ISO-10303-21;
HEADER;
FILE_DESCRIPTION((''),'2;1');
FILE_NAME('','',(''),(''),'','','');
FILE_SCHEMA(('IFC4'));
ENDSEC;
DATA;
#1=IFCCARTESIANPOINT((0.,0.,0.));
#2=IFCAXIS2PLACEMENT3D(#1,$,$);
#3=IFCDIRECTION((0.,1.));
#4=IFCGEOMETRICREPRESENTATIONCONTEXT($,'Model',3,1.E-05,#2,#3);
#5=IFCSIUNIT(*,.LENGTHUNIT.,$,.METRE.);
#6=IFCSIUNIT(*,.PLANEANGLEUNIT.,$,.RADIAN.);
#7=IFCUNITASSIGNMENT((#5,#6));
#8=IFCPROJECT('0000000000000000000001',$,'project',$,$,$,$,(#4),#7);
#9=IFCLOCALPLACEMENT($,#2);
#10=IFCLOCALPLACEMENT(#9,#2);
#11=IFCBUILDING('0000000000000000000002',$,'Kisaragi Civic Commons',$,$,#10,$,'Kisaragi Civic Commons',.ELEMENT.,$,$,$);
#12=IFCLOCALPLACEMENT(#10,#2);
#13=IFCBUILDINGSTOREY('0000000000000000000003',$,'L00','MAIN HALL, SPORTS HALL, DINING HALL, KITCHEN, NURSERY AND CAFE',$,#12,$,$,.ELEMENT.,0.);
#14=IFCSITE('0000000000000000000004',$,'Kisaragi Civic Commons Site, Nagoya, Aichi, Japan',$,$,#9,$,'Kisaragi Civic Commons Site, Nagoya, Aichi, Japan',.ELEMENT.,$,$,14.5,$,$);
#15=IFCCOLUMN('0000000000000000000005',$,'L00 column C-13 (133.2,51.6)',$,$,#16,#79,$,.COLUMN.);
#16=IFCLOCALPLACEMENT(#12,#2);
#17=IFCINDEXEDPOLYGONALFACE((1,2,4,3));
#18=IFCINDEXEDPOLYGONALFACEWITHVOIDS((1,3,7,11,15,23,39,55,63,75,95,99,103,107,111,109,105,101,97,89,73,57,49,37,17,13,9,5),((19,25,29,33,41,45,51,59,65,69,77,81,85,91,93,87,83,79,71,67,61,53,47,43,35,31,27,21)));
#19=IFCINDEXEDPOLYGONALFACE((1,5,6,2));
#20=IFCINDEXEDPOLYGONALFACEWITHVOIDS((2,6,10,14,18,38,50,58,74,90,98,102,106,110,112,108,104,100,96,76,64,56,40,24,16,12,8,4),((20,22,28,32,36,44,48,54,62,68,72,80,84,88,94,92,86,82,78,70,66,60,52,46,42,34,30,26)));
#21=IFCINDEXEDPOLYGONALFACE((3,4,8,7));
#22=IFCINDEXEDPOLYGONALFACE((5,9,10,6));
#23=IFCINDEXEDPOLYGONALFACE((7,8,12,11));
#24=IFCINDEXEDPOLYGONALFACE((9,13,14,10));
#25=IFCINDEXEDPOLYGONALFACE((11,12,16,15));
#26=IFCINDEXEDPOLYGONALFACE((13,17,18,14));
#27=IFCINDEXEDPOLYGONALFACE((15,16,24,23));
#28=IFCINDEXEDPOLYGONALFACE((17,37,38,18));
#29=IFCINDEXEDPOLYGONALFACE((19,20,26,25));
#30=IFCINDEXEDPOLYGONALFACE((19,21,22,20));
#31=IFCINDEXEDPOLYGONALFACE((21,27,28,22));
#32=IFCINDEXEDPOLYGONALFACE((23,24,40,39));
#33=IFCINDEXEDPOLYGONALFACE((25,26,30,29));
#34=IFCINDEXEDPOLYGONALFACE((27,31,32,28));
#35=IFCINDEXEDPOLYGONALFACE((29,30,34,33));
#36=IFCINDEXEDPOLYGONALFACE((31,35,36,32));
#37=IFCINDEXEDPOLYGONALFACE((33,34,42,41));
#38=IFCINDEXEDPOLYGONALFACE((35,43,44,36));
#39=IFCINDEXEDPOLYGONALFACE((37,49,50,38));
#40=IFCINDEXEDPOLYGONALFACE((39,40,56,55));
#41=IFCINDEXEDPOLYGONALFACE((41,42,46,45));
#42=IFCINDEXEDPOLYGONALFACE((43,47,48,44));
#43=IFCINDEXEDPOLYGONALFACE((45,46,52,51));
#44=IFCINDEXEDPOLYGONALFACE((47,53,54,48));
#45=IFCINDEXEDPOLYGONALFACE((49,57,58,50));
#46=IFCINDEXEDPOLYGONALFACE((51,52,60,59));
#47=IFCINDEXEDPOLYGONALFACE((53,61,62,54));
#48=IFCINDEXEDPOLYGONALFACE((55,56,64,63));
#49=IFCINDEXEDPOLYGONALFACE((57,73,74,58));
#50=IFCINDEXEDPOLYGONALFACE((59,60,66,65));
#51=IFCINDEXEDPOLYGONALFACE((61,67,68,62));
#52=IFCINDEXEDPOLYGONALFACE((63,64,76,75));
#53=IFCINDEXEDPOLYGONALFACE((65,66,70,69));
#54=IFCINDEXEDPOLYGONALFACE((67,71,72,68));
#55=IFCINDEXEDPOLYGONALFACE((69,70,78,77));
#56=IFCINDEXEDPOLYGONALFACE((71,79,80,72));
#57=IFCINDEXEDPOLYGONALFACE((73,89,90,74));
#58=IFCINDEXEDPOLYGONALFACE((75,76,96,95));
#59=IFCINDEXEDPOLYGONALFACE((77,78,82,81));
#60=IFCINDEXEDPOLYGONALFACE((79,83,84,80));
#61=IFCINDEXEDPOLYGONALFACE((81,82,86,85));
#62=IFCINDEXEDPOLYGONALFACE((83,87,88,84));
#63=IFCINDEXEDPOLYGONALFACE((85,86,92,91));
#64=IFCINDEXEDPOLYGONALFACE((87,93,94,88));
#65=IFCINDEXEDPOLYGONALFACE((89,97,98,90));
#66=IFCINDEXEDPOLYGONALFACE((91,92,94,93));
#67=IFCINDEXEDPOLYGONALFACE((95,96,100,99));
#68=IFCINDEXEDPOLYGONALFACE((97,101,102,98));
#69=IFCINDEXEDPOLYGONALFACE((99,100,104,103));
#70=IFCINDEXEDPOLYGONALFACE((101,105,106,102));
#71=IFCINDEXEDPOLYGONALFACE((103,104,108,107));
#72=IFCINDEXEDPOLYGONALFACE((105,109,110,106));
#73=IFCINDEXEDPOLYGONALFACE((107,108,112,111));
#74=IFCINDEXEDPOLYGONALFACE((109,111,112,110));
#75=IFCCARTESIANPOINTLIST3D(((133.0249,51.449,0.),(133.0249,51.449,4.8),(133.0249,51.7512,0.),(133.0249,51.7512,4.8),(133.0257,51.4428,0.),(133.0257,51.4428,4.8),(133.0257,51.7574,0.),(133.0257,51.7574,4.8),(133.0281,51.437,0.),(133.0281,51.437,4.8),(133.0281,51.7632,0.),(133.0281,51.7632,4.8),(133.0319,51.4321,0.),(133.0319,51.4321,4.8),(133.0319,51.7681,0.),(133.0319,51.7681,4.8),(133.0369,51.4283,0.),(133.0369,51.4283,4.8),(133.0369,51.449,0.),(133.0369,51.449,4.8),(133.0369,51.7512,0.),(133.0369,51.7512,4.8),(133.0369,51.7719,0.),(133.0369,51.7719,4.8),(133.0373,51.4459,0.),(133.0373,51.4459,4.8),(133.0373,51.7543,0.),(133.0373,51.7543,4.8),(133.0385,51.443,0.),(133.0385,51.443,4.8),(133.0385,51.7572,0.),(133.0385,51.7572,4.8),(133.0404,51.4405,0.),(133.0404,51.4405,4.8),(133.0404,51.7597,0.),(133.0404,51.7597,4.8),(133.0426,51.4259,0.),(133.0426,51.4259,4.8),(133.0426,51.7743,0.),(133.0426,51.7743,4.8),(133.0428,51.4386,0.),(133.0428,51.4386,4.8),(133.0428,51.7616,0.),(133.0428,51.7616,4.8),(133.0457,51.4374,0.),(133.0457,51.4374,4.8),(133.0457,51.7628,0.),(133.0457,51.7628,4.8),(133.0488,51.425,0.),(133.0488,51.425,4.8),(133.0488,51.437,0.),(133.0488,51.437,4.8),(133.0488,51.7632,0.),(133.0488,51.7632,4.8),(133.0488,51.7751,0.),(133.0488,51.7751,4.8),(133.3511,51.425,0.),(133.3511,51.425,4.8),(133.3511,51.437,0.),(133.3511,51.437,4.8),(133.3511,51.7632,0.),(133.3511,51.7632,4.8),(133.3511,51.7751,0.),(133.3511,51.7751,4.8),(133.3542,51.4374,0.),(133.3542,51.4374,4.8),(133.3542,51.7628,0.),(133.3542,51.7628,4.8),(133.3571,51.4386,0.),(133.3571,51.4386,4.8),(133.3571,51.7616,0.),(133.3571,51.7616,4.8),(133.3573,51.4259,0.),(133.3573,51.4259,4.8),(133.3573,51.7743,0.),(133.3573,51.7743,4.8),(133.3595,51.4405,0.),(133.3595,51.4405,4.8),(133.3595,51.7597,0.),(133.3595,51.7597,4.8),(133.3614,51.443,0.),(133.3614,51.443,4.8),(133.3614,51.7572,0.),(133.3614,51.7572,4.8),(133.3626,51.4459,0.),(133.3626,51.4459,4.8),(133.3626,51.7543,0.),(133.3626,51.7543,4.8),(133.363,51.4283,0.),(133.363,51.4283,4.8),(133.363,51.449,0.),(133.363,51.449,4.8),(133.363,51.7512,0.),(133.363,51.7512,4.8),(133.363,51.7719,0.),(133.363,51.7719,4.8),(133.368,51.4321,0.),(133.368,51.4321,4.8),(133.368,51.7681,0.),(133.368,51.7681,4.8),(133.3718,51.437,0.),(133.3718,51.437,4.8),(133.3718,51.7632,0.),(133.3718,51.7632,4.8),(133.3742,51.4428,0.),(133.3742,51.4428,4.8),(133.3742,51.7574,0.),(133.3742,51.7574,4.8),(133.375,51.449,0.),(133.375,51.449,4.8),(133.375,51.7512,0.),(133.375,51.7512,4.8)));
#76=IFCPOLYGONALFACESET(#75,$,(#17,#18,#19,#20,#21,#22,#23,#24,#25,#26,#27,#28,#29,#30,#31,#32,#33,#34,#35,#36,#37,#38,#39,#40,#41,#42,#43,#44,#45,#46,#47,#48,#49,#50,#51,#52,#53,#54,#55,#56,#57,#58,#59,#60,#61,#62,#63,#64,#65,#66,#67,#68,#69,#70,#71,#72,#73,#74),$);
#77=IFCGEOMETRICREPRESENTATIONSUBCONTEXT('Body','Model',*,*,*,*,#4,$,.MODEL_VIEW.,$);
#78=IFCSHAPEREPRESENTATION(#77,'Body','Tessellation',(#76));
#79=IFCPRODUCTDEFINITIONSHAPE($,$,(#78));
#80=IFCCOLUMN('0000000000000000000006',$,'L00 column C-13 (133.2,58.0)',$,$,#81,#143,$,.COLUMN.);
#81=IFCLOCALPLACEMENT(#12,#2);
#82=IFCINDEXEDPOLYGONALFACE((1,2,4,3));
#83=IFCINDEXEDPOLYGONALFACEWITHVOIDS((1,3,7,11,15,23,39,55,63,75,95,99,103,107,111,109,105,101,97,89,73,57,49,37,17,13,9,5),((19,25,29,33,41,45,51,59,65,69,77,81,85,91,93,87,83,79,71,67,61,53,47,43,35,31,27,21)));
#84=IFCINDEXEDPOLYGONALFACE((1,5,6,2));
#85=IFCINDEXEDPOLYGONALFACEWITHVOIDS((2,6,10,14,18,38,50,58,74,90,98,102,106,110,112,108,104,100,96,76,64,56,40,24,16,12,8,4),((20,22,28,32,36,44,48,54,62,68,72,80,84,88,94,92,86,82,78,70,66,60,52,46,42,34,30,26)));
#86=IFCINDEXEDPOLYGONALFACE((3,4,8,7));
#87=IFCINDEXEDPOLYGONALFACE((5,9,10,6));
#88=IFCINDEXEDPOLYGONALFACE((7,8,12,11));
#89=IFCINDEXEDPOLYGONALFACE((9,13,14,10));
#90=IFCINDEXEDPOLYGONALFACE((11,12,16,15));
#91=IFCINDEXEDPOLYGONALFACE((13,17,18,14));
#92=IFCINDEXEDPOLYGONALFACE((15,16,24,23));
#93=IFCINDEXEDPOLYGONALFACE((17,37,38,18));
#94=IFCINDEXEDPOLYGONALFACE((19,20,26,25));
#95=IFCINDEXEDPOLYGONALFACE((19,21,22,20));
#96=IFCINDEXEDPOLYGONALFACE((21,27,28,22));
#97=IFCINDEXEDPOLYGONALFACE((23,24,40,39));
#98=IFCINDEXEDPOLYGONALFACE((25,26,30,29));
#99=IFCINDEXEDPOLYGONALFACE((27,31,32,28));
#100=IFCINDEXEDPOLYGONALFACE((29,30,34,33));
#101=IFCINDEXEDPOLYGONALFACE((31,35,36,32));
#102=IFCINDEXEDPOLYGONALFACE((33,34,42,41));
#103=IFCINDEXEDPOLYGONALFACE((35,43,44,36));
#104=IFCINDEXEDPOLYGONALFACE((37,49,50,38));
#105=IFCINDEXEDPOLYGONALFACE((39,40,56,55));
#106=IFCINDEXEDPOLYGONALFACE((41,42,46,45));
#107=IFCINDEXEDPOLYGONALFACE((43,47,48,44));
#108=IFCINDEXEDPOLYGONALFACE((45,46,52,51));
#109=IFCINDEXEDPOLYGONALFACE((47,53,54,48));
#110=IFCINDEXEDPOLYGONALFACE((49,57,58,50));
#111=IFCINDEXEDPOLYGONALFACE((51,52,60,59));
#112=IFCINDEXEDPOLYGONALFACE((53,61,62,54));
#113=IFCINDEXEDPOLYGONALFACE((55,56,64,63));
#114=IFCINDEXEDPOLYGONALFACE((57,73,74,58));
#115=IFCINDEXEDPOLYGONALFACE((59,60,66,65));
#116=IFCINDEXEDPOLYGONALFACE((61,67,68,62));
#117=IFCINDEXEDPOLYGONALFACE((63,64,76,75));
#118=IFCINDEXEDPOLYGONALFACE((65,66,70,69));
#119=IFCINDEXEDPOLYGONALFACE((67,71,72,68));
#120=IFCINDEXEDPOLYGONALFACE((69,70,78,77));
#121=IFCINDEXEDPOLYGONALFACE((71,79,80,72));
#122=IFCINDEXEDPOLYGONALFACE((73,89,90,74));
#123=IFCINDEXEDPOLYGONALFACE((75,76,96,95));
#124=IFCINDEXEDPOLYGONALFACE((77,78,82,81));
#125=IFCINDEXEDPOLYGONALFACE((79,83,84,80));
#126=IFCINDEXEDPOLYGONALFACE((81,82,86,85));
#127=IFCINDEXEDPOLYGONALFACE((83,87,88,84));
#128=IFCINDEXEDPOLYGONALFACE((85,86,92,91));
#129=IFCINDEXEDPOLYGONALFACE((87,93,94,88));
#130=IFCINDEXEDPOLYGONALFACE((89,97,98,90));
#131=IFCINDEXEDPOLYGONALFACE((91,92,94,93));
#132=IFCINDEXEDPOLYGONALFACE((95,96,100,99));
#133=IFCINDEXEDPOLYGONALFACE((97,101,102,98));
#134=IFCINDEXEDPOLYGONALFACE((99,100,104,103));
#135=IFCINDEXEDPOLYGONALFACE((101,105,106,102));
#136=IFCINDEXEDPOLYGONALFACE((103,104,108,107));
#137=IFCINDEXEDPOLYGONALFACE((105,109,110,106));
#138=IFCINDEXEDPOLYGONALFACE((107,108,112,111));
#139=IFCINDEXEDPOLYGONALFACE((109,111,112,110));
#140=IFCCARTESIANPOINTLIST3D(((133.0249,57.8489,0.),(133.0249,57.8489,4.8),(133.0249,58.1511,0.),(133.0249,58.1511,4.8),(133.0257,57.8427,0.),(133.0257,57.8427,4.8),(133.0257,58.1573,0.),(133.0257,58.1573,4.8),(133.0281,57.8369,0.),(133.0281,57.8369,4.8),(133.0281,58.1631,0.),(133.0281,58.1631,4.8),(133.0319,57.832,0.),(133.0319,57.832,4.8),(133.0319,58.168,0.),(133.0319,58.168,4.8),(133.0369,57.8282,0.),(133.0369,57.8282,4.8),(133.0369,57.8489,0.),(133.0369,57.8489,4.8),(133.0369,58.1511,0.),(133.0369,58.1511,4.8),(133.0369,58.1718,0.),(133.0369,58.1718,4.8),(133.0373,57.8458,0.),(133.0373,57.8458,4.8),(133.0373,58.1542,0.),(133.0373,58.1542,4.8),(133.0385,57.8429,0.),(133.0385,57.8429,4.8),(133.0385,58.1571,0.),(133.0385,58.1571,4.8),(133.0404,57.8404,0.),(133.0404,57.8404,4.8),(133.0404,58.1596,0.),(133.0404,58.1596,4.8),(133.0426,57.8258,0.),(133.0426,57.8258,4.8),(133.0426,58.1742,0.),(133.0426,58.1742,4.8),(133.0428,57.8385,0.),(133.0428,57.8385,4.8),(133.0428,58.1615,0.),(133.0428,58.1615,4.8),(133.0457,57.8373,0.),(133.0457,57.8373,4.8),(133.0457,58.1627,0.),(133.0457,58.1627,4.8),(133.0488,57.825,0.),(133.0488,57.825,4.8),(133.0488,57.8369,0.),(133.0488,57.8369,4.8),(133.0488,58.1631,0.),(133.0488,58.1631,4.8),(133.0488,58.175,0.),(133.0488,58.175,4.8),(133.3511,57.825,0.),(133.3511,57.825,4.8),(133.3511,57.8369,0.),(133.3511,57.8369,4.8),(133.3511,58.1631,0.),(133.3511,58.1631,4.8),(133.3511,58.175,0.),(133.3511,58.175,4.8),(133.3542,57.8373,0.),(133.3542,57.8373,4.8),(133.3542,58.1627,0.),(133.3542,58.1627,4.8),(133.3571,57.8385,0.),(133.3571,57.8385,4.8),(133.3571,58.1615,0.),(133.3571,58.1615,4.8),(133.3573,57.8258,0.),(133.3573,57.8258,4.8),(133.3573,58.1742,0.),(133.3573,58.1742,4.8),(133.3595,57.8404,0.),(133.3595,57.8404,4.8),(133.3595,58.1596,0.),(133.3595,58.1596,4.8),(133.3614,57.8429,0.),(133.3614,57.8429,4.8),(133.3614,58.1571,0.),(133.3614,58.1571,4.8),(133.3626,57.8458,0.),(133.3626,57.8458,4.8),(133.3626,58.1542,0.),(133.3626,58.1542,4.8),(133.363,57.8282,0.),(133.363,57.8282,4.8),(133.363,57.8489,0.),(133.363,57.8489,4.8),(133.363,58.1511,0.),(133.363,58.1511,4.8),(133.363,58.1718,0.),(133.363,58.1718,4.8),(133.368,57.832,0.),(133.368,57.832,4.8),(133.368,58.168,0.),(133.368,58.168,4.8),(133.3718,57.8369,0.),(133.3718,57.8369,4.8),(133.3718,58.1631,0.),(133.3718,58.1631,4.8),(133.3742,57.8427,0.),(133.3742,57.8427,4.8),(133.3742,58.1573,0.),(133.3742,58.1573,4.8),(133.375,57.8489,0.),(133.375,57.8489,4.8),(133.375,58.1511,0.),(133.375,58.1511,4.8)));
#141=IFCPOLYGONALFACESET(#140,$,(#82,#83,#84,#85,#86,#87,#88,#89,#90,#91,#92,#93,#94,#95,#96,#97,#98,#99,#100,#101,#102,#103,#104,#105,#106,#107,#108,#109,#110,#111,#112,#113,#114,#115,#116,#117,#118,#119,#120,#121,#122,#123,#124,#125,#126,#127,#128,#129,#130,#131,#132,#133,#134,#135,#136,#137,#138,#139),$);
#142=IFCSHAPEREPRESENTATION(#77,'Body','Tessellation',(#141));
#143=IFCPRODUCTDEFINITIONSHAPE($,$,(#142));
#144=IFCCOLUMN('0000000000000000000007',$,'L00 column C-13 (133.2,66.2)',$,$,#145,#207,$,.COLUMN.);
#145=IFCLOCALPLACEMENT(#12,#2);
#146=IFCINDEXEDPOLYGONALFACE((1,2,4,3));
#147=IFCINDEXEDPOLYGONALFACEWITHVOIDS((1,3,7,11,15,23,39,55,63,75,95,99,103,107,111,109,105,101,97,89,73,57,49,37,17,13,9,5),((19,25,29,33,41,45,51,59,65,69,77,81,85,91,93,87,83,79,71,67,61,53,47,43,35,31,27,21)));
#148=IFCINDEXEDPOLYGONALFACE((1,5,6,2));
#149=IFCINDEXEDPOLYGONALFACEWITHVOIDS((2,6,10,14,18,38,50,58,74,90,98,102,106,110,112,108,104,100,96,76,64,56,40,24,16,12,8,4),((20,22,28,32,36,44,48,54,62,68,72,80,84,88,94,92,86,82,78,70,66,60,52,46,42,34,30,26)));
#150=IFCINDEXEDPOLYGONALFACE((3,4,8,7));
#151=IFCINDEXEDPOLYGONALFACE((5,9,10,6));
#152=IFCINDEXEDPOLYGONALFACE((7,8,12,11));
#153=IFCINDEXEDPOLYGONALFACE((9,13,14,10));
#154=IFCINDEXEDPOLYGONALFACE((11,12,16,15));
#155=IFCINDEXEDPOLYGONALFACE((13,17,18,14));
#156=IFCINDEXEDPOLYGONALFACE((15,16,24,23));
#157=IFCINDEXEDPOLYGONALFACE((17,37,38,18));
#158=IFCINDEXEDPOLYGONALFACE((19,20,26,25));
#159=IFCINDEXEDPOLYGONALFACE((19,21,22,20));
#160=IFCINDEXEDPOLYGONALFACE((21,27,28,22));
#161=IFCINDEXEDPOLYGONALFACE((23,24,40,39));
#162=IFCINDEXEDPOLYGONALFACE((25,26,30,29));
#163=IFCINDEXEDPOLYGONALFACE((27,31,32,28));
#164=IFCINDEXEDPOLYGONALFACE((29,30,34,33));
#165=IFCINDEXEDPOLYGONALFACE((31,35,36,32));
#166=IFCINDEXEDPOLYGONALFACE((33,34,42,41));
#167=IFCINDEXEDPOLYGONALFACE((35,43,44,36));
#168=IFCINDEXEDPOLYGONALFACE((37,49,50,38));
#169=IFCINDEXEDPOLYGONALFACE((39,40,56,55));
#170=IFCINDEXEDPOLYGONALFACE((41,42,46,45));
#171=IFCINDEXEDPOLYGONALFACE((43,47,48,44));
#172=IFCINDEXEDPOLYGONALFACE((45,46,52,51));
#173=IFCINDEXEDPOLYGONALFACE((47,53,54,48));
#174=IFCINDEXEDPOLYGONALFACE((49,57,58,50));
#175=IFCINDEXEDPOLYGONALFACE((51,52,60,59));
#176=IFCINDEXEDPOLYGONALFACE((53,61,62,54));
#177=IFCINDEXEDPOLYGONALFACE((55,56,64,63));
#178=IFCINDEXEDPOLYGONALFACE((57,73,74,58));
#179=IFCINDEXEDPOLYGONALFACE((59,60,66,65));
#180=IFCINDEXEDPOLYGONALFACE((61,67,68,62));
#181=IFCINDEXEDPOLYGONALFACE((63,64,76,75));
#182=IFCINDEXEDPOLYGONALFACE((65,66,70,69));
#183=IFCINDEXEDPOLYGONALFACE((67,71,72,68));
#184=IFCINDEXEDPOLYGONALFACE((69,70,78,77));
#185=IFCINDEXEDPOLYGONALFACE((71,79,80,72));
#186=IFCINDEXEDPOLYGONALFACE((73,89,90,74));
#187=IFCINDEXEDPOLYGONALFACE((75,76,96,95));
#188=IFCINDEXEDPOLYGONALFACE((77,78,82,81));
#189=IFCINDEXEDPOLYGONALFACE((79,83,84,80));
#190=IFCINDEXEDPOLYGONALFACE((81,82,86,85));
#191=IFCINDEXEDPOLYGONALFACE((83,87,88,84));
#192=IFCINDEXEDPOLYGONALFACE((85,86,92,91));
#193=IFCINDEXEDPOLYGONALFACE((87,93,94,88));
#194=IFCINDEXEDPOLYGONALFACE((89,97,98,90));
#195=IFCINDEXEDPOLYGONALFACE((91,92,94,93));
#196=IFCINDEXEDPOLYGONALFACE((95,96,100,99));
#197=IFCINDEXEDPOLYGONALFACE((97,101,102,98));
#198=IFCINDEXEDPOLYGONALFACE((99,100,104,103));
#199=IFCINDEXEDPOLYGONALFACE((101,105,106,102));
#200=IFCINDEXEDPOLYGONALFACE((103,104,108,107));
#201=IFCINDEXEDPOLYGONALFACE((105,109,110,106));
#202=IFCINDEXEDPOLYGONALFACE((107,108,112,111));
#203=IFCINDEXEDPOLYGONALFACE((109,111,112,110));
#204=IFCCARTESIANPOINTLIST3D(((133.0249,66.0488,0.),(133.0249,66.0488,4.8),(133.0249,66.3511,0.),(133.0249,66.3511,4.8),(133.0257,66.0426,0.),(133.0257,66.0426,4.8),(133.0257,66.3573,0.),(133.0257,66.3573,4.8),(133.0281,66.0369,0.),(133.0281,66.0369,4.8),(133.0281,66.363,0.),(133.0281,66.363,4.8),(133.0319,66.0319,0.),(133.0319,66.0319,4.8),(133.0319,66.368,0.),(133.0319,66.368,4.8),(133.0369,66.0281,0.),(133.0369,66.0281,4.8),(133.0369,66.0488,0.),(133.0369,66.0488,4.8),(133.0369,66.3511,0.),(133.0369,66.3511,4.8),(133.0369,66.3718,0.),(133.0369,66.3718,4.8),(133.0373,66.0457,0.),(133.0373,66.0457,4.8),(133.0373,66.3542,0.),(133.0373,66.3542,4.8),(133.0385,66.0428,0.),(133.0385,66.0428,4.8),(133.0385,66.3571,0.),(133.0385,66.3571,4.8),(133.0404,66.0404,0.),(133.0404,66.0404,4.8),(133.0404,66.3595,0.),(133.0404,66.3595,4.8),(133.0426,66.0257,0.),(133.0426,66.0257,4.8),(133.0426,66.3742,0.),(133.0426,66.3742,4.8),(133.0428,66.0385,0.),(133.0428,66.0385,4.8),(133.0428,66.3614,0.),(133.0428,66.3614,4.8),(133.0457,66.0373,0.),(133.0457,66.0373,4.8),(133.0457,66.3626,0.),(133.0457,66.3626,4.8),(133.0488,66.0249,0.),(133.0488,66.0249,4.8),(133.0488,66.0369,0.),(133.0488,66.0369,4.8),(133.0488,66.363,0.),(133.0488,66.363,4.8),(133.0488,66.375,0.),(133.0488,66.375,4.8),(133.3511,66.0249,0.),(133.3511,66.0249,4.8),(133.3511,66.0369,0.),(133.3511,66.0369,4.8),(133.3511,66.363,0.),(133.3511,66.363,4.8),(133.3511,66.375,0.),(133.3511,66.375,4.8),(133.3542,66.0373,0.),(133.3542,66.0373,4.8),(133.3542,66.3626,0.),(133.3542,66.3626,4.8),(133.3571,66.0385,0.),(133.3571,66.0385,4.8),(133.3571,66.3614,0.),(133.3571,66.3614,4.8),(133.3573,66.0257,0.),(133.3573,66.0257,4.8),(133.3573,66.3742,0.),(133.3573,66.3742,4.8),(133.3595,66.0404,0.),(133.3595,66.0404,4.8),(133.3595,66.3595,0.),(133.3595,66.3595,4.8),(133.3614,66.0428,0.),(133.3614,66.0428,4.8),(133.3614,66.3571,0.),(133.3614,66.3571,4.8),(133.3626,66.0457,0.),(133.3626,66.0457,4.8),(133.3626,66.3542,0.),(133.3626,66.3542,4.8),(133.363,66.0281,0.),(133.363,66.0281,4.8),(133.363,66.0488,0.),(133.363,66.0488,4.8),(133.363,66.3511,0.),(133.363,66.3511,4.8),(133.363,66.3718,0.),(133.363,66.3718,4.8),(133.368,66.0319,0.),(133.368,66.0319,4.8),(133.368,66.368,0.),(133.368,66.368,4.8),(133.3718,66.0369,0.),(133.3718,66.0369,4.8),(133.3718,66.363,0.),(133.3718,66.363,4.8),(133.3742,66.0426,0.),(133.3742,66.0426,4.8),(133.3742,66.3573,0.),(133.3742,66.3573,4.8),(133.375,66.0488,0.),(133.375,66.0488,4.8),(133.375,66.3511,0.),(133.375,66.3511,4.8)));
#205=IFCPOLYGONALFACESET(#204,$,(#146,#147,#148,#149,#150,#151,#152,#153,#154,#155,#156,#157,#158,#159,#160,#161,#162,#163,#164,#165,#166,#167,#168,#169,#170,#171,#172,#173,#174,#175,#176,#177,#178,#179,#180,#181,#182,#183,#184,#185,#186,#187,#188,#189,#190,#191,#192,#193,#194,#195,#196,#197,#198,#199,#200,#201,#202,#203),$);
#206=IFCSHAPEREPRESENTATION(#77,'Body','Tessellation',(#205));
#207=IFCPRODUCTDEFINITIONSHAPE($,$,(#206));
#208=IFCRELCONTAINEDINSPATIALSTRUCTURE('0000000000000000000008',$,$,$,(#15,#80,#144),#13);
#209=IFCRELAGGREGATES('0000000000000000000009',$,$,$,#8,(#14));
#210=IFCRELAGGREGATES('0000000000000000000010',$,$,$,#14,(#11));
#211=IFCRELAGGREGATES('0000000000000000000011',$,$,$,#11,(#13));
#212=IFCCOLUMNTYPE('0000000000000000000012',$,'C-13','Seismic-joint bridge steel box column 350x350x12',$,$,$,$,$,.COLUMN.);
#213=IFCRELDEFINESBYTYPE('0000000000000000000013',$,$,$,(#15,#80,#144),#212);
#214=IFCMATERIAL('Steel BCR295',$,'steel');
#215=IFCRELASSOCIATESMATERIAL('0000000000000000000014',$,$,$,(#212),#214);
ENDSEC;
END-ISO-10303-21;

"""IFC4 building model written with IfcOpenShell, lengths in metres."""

from ifc_helpers import new_model, si_unit, direction, frame, origin, origin_2d, place, context, subcontext, project, spatial, hollow_rectangle, extrude, material, material_profile, profile_set, type_object, element, save


model = new_model("IFC4")

# Units and contexts
model_context = context("Model", 3, precision=1e-05, world=origin(), true_north=direction((0.0, 1.0)))
body_context = subcontext(model_context, "Body", "Model", "MODEL_VIEW")
ifc_project = project(units=[si_unit("LENGTHUNIT", "METRE"), si_unit("PLANEANGLEUNIT", "RADIAN")], contexts=[model_context])

# Site, building, storey
site_placement = place(None, origin())
site = spatial("IfcSite", under=ifc_project, at=site_placement, Name="Kisaragi Civic Commons Site, Nagoya, Aichi, Japan", LongName="Kisaragi Civic Commons Site, Nagoya, Aichi, Japan", CompositionType="ELEMENT", RefElevation=14.5)
building_placement = place(site_placement, origin())
building = spatial("IfcBuilding", under=site, at=building_placement, Name="Kisaragi Civic Commons", LongName="Kisaragi Civic Commons", CompositionType="ELEMENT")
storey_placement = place(building_placement, origin())
storey = spatial("IfcBuildingStorey", under=building, at=storey_placement, Name="L00", Description="MAIN HALL, SPORTS HALL, DINING HALL, KITCHEN, NURSERY AND CAFE", CompositionType="ELEMENT", Elevation=0.0)

# Columns
ifc_material_1 = material(Name="Steel BCR295", Category="steel")
ifc_material_profile_1 = material_profile(ifc_material_1, hollow_rectangle(XDim=0.3501, YDim=0.3501, WallThickness=0.012, InnerFilletRadius=0.012, OuterFilletRadius=0.0239, at=origin_2d()), Name="BCR-350x350x12", Category="steel")
ifc_profile_set_1 = profile_set([ifc_material_profile_1], Name="Steel BCR295")
column_type = type_object("IfcColumnType", Name="C-13", Description="Seismic-joint bridge steel box column 350x350x12", PredefinedType="COLUMN", material=ifc_profile_set_1)
for number, where, z_axis, x_axis, name in (
    (1, (133.2, 51.6001, 0.0), (0.0, 0.0, 1.0), (1.0, 0.0, 0.0), "L00 column C-13 (133.2,51.6)"),
    (2, (133.2, 58.0, 0.0), (0.0, 0.0, 1.0), (1.0, 0.0, 0.0), "L00 column C-13 (133.2,58.0)"),
    (3, (133.2, 66.2, 0.0), (0.0, 0.0, 1.0), (1.0, 0.0, 0.0), "L00 column C-13 (133.2,66.2)"),
):
    element("IfcColumn", number, at=place(storey_placement, frame(where, z_axis=z_axis, x_axis=x_axis)), inside=storey, type_object=column_type, Name=name, PredefinedType="COLUMN", context=body_context, shape_type="SweptSolid", body=[
        extrude(hollow_rectangle(XDim=0.3501, YDim=0.3501, WallThickness=0.012, InnerFilletRadius=0.012, OuterFilletRadius=0.0239, at=origin_2d()), origin(), (0.0, 0.0, 1.0), 4.8),
    ])

save(model, "model.ifc")
